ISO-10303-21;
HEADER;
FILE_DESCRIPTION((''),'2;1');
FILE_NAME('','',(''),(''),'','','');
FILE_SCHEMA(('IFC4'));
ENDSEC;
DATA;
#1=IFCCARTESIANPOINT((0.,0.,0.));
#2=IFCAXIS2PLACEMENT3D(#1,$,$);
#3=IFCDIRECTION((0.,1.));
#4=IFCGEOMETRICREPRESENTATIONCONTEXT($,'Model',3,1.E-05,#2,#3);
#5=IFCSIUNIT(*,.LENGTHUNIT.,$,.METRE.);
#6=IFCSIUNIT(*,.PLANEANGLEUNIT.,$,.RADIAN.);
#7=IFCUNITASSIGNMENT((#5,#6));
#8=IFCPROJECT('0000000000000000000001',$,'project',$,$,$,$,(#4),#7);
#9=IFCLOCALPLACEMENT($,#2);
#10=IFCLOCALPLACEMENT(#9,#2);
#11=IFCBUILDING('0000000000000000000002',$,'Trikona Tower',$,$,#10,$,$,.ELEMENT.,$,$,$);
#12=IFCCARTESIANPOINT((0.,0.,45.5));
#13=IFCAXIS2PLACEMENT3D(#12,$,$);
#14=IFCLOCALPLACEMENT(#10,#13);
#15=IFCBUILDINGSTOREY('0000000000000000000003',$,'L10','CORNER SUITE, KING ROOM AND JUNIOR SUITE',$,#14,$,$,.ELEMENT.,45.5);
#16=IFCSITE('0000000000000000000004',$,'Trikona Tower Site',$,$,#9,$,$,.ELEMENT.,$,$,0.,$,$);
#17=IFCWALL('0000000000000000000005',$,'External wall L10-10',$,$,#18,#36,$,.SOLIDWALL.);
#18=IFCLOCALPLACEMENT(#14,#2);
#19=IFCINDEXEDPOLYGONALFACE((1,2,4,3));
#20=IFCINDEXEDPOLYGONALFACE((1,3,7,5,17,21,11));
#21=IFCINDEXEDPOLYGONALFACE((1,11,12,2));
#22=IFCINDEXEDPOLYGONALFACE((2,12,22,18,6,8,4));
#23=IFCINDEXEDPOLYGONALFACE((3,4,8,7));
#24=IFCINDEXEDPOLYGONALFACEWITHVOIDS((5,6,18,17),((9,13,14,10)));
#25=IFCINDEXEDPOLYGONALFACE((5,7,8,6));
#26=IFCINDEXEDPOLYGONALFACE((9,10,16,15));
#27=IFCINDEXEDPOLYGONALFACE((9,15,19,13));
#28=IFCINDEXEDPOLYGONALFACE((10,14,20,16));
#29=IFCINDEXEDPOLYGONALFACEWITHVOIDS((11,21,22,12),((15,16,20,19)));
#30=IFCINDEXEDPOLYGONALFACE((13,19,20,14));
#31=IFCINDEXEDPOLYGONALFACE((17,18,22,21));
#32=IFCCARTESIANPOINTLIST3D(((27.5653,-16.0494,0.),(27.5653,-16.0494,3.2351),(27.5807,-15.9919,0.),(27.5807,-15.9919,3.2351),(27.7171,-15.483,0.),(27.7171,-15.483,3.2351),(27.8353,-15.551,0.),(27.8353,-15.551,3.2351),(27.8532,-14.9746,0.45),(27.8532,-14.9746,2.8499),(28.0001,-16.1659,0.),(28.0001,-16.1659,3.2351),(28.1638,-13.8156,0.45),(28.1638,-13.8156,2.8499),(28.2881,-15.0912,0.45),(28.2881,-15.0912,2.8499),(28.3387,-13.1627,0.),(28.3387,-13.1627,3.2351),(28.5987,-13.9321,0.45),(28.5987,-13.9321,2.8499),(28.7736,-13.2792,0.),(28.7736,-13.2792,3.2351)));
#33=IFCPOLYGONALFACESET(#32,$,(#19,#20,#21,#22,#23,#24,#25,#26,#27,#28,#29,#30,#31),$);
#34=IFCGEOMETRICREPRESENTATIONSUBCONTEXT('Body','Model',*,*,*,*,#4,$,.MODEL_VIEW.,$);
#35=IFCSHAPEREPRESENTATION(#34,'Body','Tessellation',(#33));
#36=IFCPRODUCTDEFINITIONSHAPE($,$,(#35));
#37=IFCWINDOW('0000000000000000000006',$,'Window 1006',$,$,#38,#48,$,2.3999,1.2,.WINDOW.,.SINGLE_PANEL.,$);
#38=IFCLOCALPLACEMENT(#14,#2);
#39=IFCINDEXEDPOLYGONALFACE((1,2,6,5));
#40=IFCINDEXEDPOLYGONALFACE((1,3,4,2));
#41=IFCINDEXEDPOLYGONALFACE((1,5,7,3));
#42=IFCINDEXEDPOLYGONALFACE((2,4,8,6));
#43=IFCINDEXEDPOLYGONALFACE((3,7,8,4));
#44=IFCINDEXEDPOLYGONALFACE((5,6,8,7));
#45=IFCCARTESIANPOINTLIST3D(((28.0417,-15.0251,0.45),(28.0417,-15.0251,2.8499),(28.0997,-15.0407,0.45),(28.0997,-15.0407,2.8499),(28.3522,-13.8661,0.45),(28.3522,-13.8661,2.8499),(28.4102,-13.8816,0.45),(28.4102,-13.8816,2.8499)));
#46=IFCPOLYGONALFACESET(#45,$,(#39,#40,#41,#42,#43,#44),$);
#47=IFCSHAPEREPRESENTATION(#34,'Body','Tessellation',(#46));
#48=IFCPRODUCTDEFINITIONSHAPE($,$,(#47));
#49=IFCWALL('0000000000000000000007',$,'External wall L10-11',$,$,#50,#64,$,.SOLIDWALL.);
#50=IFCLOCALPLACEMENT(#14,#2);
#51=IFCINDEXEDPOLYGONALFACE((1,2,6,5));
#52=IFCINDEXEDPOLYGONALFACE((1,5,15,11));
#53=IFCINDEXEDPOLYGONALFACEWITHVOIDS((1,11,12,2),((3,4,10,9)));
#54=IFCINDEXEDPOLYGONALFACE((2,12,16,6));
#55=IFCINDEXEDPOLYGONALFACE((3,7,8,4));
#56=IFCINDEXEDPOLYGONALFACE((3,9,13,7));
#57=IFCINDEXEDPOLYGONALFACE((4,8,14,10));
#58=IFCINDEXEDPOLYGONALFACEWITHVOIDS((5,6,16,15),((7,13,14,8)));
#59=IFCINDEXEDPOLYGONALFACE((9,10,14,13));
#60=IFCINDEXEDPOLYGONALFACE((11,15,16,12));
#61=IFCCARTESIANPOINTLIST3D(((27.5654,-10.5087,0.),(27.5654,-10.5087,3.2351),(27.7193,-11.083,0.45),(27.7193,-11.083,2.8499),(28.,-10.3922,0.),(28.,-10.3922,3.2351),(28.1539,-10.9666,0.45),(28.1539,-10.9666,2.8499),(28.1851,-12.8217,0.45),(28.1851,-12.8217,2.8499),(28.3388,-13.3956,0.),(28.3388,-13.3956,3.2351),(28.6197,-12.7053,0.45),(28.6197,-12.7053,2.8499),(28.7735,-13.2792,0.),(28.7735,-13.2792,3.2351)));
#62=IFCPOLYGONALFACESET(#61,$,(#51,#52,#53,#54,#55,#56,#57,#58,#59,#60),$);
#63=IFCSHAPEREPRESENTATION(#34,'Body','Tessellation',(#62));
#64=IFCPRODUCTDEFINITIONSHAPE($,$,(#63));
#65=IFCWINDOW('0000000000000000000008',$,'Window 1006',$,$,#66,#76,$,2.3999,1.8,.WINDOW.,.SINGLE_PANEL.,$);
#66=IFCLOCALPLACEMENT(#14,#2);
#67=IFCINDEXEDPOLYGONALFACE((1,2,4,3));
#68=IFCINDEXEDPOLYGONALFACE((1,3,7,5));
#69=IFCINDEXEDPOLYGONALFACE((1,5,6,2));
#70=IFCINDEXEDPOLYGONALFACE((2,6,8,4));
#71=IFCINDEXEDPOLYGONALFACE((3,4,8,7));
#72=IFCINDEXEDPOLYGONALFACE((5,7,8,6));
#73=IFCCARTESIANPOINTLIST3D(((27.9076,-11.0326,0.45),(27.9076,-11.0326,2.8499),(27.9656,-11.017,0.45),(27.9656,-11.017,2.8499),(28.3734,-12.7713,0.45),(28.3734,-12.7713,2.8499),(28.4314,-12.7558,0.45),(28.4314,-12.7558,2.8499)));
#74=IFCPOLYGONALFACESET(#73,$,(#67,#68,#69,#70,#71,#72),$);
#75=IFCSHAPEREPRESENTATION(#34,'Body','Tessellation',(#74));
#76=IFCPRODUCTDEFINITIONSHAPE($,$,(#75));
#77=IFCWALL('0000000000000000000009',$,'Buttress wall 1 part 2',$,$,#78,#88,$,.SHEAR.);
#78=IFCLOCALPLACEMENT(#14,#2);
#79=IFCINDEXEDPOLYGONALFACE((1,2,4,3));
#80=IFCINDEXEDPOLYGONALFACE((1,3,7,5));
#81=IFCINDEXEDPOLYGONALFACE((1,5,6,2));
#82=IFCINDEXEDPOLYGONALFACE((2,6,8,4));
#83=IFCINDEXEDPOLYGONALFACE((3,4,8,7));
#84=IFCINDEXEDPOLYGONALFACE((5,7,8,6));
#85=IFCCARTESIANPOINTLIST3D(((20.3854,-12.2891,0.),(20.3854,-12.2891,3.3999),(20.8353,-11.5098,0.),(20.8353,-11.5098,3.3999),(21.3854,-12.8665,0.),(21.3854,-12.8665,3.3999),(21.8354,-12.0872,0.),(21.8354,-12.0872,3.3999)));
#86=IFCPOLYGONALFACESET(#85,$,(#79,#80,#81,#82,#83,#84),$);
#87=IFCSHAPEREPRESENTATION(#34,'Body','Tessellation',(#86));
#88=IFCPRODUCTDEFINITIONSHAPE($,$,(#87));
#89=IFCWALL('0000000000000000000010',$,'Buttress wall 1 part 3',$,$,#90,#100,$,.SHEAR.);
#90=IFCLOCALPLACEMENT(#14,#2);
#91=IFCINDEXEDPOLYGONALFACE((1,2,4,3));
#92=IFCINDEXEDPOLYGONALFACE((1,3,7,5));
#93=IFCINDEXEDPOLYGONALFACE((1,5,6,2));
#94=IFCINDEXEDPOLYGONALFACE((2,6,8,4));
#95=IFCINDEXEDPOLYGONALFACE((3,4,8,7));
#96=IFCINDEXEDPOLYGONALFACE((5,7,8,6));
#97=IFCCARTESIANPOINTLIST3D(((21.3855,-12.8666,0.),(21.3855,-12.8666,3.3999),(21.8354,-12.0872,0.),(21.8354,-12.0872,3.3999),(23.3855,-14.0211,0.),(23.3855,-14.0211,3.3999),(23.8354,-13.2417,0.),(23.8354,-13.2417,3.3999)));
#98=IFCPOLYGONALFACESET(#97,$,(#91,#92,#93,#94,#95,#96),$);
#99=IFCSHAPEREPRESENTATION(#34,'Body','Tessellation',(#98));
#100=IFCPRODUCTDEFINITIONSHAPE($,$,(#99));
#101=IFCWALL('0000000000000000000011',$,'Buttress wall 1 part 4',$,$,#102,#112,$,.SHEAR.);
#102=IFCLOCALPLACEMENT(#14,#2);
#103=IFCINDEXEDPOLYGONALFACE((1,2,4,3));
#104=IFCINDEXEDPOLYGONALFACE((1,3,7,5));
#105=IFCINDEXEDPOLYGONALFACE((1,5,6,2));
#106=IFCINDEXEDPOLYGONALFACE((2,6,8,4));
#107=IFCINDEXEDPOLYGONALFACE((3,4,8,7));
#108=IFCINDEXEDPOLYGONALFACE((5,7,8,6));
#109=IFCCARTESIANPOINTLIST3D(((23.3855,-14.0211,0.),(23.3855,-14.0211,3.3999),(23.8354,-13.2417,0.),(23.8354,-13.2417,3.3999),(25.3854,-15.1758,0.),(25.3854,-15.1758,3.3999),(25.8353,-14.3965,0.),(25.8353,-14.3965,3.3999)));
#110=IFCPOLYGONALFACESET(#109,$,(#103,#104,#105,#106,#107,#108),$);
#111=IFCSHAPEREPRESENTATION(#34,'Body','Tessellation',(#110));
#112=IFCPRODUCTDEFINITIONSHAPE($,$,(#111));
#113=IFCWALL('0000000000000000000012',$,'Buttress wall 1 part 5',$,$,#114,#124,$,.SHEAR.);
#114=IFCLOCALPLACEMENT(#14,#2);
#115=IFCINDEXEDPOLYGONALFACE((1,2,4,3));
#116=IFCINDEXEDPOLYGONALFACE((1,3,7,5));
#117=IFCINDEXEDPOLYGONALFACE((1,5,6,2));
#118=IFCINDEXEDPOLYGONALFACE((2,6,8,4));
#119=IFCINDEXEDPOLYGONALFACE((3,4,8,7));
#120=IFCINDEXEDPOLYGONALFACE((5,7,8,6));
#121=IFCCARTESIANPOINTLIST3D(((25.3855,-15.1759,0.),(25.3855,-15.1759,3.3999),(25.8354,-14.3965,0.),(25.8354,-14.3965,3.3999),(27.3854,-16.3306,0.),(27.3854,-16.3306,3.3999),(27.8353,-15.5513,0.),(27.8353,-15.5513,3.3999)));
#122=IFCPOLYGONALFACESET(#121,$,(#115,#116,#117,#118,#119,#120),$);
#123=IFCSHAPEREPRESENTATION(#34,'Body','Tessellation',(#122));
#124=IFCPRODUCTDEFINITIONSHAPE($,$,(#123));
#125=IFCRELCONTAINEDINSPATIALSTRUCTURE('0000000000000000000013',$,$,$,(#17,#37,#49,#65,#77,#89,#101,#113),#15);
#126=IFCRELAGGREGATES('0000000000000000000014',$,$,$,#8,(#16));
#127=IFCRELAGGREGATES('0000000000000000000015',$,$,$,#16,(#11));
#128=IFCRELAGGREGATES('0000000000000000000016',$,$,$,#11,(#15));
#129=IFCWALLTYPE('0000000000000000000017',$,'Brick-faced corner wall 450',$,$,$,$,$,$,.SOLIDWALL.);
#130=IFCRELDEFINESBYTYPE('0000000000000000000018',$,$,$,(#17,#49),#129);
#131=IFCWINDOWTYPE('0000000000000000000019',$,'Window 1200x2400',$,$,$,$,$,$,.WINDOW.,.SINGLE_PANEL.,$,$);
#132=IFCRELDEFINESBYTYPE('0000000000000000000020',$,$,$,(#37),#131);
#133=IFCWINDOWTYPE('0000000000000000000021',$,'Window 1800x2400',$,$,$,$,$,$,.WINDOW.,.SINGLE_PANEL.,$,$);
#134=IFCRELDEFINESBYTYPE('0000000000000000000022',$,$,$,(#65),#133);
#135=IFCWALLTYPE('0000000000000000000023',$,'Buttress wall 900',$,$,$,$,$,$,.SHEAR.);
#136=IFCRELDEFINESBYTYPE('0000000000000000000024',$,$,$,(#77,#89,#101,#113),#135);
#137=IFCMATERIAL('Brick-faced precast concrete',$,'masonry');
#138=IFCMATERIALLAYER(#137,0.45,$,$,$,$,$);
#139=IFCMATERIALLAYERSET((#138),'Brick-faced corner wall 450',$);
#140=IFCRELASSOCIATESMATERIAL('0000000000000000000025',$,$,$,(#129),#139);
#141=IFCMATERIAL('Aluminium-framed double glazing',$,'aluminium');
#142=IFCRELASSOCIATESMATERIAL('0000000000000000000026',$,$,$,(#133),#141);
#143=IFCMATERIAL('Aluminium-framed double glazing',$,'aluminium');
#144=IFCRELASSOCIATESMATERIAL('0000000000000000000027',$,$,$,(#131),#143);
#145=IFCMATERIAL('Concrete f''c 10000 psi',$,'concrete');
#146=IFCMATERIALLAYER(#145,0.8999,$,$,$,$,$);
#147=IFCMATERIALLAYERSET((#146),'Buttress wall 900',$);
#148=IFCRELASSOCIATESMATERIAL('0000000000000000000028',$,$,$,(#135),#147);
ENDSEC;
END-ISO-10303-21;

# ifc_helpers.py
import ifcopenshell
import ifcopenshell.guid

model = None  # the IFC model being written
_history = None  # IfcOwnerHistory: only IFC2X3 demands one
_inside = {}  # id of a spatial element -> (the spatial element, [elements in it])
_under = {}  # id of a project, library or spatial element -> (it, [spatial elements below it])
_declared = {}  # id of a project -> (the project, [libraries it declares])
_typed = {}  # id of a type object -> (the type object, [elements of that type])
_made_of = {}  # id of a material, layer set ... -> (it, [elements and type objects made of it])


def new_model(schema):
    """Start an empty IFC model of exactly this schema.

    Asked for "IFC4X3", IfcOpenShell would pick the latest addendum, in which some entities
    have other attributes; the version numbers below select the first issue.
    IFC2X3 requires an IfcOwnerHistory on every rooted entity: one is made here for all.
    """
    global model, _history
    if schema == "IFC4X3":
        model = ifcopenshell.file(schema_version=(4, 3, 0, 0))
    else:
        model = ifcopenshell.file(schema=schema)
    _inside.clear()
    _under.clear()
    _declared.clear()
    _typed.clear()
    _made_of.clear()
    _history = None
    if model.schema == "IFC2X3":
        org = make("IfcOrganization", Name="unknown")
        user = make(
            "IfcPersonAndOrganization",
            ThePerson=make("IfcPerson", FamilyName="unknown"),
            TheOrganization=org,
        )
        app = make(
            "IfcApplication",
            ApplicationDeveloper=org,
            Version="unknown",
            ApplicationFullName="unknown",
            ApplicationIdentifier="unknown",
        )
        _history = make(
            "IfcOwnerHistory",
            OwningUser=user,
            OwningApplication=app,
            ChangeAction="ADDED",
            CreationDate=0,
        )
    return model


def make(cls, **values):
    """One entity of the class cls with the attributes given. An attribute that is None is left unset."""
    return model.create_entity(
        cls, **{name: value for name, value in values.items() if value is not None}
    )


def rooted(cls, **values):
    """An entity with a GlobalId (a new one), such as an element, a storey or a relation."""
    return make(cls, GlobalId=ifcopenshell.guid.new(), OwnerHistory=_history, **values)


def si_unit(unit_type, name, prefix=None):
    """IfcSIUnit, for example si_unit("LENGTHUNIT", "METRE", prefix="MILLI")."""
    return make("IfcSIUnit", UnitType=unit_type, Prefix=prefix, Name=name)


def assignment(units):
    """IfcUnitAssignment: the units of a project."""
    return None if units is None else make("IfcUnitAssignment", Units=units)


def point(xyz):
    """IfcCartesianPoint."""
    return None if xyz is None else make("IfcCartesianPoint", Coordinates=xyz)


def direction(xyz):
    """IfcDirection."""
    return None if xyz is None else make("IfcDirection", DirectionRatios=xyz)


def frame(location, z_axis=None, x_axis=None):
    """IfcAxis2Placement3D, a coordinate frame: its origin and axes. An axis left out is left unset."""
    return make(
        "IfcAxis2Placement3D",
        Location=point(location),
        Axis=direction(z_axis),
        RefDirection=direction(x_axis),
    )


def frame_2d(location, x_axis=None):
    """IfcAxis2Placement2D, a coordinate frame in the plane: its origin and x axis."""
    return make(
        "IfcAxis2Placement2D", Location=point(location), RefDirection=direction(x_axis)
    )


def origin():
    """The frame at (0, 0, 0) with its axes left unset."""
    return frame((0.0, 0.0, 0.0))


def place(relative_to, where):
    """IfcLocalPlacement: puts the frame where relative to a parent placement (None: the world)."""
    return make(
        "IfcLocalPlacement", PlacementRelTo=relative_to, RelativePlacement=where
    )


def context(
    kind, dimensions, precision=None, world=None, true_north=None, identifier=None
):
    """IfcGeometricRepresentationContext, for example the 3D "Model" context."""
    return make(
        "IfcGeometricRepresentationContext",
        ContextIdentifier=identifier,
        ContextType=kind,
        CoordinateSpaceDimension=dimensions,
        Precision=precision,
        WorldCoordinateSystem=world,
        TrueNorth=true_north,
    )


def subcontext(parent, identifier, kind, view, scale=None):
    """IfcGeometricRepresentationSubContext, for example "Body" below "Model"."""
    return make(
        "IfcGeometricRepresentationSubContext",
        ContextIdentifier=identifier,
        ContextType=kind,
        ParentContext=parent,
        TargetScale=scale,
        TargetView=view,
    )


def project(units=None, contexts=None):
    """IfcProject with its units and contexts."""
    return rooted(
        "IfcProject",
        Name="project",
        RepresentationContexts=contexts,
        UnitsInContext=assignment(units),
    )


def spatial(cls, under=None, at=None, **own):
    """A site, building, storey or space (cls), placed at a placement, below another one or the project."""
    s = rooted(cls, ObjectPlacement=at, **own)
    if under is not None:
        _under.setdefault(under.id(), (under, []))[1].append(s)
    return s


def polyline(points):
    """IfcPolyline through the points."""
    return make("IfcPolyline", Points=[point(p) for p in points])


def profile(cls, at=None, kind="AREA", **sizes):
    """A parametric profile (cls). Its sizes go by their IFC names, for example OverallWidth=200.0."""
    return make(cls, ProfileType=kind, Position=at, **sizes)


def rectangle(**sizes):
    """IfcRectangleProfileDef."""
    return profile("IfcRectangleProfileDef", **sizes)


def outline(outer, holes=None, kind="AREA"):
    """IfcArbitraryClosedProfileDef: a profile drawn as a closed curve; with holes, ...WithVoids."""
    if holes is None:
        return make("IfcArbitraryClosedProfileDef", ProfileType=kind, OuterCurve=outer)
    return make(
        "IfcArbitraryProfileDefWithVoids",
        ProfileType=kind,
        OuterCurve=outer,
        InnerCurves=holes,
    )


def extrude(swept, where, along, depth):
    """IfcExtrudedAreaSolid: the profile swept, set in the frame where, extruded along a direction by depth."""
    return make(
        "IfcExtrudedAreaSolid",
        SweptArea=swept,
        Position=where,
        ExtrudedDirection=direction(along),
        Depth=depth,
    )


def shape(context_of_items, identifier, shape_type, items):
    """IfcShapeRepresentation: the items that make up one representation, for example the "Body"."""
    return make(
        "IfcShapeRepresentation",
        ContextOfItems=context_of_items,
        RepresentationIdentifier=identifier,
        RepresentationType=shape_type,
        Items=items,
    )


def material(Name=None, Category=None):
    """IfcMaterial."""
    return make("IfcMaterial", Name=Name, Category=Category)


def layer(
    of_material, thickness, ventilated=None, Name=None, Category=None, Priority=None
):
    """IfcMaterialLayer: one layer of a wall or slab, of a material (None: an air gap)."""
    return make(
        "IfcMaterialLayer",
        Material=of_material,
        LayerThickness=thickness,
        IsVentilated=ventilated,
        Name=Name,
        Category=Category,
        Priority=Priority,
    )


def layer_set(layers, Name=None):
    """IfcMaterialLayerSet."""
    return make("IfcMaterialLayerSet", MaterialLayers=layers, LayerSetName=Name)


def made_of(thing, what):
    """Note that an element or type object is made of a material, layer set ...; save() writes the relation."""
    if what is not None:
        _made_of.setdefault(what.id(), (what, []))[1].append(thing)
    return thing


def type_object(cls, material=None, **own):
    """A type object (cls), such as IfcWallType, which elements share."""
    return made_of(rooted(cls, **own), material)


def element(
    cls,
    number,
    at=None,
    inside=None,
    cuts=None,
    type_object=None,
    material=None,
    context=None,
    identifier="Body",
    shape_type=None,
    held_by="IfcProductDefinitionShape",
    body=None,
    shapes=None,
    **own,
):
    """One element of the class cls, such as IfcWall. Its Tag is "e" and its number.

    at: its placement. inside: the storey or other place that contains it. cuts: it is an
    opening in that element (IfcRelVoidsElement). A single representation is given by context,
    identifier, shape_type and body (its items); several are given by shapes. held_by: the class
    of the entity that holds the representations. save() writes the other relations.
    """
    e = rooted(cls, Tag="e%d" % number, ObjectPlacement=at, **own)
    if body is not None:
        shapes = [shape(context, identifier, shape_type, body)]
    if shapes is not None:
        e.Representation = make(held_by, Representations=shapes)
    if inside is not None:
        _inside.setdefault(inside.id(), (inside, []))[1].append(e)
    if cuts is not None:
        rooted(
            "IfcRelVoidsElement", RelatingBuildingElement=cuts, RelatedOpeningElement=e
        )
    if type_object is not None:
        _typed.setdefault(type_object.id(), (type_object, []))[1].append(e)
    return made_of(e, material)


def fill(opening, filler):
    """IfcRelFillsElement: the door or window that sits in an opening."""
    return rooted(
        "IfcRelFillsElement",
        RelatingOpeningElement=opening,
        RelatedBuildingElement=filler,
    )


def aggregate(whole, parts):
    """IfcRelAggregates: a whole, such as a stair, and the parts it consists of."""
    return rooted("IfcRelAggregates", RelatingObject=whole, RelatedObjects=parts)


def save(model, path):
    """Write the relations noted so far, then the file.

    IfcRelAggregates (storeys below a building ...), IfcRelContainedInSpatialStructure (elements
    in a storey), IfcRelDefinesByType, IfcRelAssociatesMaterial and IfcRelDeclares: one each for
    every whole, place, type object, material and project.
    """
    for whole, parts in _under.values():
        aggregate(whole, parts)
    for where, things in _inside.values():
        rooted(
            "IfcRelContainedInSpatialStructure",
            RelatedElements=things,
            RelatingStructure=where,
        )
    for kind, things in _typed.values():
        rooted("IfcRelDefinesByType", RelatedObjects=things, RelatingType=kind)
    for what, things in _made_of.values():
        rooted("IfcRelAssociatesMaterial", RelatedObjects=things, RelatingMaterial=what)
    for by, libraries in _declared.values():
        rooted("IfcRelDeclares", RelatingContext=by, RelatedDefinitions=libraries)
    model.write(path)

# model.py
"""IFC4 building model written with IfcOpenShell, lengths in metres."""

from ifc_helpers import new_model, si_unit, direction, frame, frame_2d, origin, place, context, subcontext, project, spatial, polyline, rectangle, outline, extrude, material, layer, layer_set, type_object, element, fill, save


model = new_model("IFC4")

# Units and contexts
model_context = context("Model", 3, precision=1e-05, world=origin(), true_north=direction((0.0, 1.0)))
body_context = subcontext(model_context, "Body", "Model", "MODEL_VIEW")
ifc_project = project(units=[si_unit("LENGTHUNIT", "METRE"), si_unit("PLANEANGLEUNIT", "RADIAN")], contexts=[model_context])

# Site, building, storey
site_placement = place(None, origin())
site = spatial("IfcSite", under=ifc_project, at=site_placement, Name="Trikona Tower Site", CompositionType="ELEMENT", RefElevation=0.0)
building_placement = place(site_placement, origin())
building = spatial("IfcBuilding", under=site, at=building_placement, Name="Trikona Tower", CompositionType="ELEMENT")
storey_placement = place(building_placement, frame((0.0, 0.0, 45.5)))
storey = spatial("IfcBuildingStorey", under=building, at=storey_placement, Name="L10", Description="CORNER SUITE, KING ROOM AND JUNIOR SUITE", CompositionType="ELEMENT", Elevation=45.5)

# Walls, openings, windows
ifc_material_1 = material(Name="Brick-faced precast concrete", Category="masonry")
ifc_layer_1 = layer(ifc_material_1, 0.45)
ifc_layer_set_1 = layer_set([ifc_layer_1], Name="Brick-faced corner wall 450")
wall_type_1 = type_object("IfcWallType", Name="Brick-faced corner wall 450", PredefinedType="SOLIDWALL", material=ifc_layer_set_1)
ifc_material_2 = material(Name="Aluminium-framed double glazing", Category="aluminium")
window_type_1 = type_object("IfcWindowType", Name="Window 1800x2400", PartitioningType="SINGLE_PANEL", PredefinedType="WINDOW", material=ifc_material_2)
ifc_material_3 = material(Name="Aluminium-framed double glazing", Category="aluminium")
window_type_2 = type_object("IfcWindowType", Name="Window 1200x2400", PartitioningType="SINGLE_PANEL", PredefinedType="WINDOW", material=ifc_material_3)
wall_1_placement = place(storey_placement, frame((27.7827, -16.1077, 0.0), z_axis=(0.0, 0.0, 1.0), x_axis=(0.258801, 0.965931, 0.0)))
wall_1 = element("IfcWall", 1, at=wall_1_placement, inside=storey, type_object=wall_type_1, Name="External wall L10-10", PredefinedType="SOLIDWALL", context=body_context, shape_type="SweptSolid", body=[
    extrude(outline(polyline([(2.9885, 0.2251), (0.5864, 0.2251), (0.5513, 0.0933), (0.0596, 0.2251), (0.0, 0.2251), (0.0, -0.2251), (2.9885, -0.2251), (2.9885, 0.2251)])), origin(), (0.0, 0.0, 1.0), 3.2351),
])
opening_1_placement = place(wall_1_placement, frame((1.1125, 0.0, 0.45)))
opening_1 = element("IfcOpeningElement", 2, at=opening_1_placement, cuts=wall_1, PredefinedType="OPENING", context=body_context, shape_type="SweptSolid", body=[
    extrude(rectangle(XDim=1.2, YDim=2.3999, at=frame_2d((0.6001, 1.2))), frame((0.0, 0.2349, 0.0), z_axis=(0.0, -1.0, 0.0), x_axis=(1.0, 0.0, 0.0)), (0.0, 0.0, 1.0), 0.47),
])
window_1_placement = place(opening_1_placement, origin())
window_1 = element("IfcWindow", 3, at=window_1_placement, inside=storey, type_object=window_type_2, Name="Window 1006", OverallHeight=2.3999, OverallWidth=1.2, PartitioningType="SINGLE_PANEL", PredefinedType="WINDOW", context=body_context, shape_type="SweptSolid", body=[
    extrude(rectangle(XDim=1.2, YDim=2.3999, at=frame_2d((0.6001, 1.2))), frame((0.0, 0.03, 0.0), z_axis=(0.0, -1.0, 0.0), x_axis=(1.0, 0.0, 0.0)), (0.0, 0.0, 1.0), 0.0601),
])
fill(opening_1, window_1)
wall_2_placement = place(storey_placement, frame((28.5562, -13.3374, 0.0), z_axis=(0.0, 0.0, 1.0), x_axis=(-0.258781, 0.965936, 0.0)))
wall_2 = element("IfcWall", 4, at=wall_2_placement, inside=storey, type_object=wall_type_1, Name="External wall L10-11", PredefinedType="SOLIDWALL", context=body_context, shape_type="SweptSolid", body=[
    extrude(rectangle(XDim=2.9888, YDim=0.45, at=frame_2d((1.4944, 0.0))), origin(), (0.0, 0.0, 1.0), 3.2351),
])
opening_2_placement = place(wall_2_placement, frame((0.5942, 0.0, 0.45)))
opening_2 = element("IfcOpeningElement", 5, at=opening_2_placement, cuts=wall_2, PredefinedType="OPENING", context=body_context, shape_type="SweptSolid", body=[
    extrude(rectangle(XDim=1.8, YDim=2.3999, at=frame_2d((0.8999, 1.2))), frame((0.0, 0.2349, 0.0), z_axis=(0.0, -1.0, 0.0), x_axis=(1.0, 0.0, 0.0)), (0.0, 0.0, 1.0), 0.47),
])
window_2_placement = place(opening_2_placement, origin())
window_2 = element("IfcWindow", 6, at=window_2_placement, inside=storey, type_object=window_type_1, Name="Window 1006", OverallHeight=2.3999, OverallWidth=1.8, PartitioningType="SINGLE_PANEL", PredefinedType="WINDOW", context=body_context, shape_type="SweptSolid", body=[
    extrude(rectangle(XDim=1.8, YDim=2.3999, at=frame_2d((0.8999, 1.2))), frame((0.0, 0.03, 0.0), z_axis=(0.0, -1.0, 0.0), x_axis=(1.0, 0.0, 0.0)), (0.0, 0.0, 1.0), 0.0601),
])
fill(opening_2, window_2)

# Walls
ifc_material_4 = material(Name="Concrete f'c 10000 psi", Category="concrete")
ifc_layer_2 = layer(ifc_material_4, 0.8999)
ifc_layer_set_2 = layer_set([ifc_layer_2], Name="Buttress wall 900")
wall_type_2 = type_object("IfcWallType", Name="Buttress wall 900", PredefinedType="SHEAR", material=ifc_layer_set_2)
wall_3_placement = place(storey_placement, frame((20.6104, -11.8994, 0.0), z_axis=(0.0, 0.0, 1.0), x_axis=(0.86601, -0.500027, 0.0)))
element("IfcWall", 7, at=wall_3_placement, inside=storey, type_object=wall_type_2, Name="Buttress wall 1 part 2", PredefinedType="SHEAR", context=body_context, shape_type="SweptSolid", body=[
    extrude(rectangle(XDim=1.1548, YDim=0.8999, at=frame_2d((0.5774, 0.0))), origin(), (0.0, 0.0, 1.0), 3.3999),
])
for number, where, z_axis, x_axis, name in (
    (8, (21.6104, -12.4768, 0.0), (0.0, 0.0, 1.0), (0.866055, -0.499948, 0.0), "Buttress wall 1 part 3"),
    (9, (23.6104, -13.6313, 0.0), (0.0, 0.0, 1.0), (0.86601, -0.500027, 0.0), "Buttress wall 1 part 4"),
    (10, (25.6104, -14.7861, 0.0), (0.0, 0.0, 1.0), (0.86601, -0.500027, 0.0), "Buttress wall 1 part 5"),
):
    element("IfcWall", number, at=place(storey_placement, frame(where, z_axis=z_axis, x_axis=x_axis)), inside=storey, type_object=wall_type_2, Name=name, PredefinedType="SHEAR", context=body_context, shape_type="SweptSolid", body=[
        extrude(rectangle(XDim=2.3093, YDim=0.8999, at=frame_2d((1.1548, 0.0))), origin(), (0.0, 0.0, 1.0), 3.3999),
    ])

save(model, "model.ifc")
